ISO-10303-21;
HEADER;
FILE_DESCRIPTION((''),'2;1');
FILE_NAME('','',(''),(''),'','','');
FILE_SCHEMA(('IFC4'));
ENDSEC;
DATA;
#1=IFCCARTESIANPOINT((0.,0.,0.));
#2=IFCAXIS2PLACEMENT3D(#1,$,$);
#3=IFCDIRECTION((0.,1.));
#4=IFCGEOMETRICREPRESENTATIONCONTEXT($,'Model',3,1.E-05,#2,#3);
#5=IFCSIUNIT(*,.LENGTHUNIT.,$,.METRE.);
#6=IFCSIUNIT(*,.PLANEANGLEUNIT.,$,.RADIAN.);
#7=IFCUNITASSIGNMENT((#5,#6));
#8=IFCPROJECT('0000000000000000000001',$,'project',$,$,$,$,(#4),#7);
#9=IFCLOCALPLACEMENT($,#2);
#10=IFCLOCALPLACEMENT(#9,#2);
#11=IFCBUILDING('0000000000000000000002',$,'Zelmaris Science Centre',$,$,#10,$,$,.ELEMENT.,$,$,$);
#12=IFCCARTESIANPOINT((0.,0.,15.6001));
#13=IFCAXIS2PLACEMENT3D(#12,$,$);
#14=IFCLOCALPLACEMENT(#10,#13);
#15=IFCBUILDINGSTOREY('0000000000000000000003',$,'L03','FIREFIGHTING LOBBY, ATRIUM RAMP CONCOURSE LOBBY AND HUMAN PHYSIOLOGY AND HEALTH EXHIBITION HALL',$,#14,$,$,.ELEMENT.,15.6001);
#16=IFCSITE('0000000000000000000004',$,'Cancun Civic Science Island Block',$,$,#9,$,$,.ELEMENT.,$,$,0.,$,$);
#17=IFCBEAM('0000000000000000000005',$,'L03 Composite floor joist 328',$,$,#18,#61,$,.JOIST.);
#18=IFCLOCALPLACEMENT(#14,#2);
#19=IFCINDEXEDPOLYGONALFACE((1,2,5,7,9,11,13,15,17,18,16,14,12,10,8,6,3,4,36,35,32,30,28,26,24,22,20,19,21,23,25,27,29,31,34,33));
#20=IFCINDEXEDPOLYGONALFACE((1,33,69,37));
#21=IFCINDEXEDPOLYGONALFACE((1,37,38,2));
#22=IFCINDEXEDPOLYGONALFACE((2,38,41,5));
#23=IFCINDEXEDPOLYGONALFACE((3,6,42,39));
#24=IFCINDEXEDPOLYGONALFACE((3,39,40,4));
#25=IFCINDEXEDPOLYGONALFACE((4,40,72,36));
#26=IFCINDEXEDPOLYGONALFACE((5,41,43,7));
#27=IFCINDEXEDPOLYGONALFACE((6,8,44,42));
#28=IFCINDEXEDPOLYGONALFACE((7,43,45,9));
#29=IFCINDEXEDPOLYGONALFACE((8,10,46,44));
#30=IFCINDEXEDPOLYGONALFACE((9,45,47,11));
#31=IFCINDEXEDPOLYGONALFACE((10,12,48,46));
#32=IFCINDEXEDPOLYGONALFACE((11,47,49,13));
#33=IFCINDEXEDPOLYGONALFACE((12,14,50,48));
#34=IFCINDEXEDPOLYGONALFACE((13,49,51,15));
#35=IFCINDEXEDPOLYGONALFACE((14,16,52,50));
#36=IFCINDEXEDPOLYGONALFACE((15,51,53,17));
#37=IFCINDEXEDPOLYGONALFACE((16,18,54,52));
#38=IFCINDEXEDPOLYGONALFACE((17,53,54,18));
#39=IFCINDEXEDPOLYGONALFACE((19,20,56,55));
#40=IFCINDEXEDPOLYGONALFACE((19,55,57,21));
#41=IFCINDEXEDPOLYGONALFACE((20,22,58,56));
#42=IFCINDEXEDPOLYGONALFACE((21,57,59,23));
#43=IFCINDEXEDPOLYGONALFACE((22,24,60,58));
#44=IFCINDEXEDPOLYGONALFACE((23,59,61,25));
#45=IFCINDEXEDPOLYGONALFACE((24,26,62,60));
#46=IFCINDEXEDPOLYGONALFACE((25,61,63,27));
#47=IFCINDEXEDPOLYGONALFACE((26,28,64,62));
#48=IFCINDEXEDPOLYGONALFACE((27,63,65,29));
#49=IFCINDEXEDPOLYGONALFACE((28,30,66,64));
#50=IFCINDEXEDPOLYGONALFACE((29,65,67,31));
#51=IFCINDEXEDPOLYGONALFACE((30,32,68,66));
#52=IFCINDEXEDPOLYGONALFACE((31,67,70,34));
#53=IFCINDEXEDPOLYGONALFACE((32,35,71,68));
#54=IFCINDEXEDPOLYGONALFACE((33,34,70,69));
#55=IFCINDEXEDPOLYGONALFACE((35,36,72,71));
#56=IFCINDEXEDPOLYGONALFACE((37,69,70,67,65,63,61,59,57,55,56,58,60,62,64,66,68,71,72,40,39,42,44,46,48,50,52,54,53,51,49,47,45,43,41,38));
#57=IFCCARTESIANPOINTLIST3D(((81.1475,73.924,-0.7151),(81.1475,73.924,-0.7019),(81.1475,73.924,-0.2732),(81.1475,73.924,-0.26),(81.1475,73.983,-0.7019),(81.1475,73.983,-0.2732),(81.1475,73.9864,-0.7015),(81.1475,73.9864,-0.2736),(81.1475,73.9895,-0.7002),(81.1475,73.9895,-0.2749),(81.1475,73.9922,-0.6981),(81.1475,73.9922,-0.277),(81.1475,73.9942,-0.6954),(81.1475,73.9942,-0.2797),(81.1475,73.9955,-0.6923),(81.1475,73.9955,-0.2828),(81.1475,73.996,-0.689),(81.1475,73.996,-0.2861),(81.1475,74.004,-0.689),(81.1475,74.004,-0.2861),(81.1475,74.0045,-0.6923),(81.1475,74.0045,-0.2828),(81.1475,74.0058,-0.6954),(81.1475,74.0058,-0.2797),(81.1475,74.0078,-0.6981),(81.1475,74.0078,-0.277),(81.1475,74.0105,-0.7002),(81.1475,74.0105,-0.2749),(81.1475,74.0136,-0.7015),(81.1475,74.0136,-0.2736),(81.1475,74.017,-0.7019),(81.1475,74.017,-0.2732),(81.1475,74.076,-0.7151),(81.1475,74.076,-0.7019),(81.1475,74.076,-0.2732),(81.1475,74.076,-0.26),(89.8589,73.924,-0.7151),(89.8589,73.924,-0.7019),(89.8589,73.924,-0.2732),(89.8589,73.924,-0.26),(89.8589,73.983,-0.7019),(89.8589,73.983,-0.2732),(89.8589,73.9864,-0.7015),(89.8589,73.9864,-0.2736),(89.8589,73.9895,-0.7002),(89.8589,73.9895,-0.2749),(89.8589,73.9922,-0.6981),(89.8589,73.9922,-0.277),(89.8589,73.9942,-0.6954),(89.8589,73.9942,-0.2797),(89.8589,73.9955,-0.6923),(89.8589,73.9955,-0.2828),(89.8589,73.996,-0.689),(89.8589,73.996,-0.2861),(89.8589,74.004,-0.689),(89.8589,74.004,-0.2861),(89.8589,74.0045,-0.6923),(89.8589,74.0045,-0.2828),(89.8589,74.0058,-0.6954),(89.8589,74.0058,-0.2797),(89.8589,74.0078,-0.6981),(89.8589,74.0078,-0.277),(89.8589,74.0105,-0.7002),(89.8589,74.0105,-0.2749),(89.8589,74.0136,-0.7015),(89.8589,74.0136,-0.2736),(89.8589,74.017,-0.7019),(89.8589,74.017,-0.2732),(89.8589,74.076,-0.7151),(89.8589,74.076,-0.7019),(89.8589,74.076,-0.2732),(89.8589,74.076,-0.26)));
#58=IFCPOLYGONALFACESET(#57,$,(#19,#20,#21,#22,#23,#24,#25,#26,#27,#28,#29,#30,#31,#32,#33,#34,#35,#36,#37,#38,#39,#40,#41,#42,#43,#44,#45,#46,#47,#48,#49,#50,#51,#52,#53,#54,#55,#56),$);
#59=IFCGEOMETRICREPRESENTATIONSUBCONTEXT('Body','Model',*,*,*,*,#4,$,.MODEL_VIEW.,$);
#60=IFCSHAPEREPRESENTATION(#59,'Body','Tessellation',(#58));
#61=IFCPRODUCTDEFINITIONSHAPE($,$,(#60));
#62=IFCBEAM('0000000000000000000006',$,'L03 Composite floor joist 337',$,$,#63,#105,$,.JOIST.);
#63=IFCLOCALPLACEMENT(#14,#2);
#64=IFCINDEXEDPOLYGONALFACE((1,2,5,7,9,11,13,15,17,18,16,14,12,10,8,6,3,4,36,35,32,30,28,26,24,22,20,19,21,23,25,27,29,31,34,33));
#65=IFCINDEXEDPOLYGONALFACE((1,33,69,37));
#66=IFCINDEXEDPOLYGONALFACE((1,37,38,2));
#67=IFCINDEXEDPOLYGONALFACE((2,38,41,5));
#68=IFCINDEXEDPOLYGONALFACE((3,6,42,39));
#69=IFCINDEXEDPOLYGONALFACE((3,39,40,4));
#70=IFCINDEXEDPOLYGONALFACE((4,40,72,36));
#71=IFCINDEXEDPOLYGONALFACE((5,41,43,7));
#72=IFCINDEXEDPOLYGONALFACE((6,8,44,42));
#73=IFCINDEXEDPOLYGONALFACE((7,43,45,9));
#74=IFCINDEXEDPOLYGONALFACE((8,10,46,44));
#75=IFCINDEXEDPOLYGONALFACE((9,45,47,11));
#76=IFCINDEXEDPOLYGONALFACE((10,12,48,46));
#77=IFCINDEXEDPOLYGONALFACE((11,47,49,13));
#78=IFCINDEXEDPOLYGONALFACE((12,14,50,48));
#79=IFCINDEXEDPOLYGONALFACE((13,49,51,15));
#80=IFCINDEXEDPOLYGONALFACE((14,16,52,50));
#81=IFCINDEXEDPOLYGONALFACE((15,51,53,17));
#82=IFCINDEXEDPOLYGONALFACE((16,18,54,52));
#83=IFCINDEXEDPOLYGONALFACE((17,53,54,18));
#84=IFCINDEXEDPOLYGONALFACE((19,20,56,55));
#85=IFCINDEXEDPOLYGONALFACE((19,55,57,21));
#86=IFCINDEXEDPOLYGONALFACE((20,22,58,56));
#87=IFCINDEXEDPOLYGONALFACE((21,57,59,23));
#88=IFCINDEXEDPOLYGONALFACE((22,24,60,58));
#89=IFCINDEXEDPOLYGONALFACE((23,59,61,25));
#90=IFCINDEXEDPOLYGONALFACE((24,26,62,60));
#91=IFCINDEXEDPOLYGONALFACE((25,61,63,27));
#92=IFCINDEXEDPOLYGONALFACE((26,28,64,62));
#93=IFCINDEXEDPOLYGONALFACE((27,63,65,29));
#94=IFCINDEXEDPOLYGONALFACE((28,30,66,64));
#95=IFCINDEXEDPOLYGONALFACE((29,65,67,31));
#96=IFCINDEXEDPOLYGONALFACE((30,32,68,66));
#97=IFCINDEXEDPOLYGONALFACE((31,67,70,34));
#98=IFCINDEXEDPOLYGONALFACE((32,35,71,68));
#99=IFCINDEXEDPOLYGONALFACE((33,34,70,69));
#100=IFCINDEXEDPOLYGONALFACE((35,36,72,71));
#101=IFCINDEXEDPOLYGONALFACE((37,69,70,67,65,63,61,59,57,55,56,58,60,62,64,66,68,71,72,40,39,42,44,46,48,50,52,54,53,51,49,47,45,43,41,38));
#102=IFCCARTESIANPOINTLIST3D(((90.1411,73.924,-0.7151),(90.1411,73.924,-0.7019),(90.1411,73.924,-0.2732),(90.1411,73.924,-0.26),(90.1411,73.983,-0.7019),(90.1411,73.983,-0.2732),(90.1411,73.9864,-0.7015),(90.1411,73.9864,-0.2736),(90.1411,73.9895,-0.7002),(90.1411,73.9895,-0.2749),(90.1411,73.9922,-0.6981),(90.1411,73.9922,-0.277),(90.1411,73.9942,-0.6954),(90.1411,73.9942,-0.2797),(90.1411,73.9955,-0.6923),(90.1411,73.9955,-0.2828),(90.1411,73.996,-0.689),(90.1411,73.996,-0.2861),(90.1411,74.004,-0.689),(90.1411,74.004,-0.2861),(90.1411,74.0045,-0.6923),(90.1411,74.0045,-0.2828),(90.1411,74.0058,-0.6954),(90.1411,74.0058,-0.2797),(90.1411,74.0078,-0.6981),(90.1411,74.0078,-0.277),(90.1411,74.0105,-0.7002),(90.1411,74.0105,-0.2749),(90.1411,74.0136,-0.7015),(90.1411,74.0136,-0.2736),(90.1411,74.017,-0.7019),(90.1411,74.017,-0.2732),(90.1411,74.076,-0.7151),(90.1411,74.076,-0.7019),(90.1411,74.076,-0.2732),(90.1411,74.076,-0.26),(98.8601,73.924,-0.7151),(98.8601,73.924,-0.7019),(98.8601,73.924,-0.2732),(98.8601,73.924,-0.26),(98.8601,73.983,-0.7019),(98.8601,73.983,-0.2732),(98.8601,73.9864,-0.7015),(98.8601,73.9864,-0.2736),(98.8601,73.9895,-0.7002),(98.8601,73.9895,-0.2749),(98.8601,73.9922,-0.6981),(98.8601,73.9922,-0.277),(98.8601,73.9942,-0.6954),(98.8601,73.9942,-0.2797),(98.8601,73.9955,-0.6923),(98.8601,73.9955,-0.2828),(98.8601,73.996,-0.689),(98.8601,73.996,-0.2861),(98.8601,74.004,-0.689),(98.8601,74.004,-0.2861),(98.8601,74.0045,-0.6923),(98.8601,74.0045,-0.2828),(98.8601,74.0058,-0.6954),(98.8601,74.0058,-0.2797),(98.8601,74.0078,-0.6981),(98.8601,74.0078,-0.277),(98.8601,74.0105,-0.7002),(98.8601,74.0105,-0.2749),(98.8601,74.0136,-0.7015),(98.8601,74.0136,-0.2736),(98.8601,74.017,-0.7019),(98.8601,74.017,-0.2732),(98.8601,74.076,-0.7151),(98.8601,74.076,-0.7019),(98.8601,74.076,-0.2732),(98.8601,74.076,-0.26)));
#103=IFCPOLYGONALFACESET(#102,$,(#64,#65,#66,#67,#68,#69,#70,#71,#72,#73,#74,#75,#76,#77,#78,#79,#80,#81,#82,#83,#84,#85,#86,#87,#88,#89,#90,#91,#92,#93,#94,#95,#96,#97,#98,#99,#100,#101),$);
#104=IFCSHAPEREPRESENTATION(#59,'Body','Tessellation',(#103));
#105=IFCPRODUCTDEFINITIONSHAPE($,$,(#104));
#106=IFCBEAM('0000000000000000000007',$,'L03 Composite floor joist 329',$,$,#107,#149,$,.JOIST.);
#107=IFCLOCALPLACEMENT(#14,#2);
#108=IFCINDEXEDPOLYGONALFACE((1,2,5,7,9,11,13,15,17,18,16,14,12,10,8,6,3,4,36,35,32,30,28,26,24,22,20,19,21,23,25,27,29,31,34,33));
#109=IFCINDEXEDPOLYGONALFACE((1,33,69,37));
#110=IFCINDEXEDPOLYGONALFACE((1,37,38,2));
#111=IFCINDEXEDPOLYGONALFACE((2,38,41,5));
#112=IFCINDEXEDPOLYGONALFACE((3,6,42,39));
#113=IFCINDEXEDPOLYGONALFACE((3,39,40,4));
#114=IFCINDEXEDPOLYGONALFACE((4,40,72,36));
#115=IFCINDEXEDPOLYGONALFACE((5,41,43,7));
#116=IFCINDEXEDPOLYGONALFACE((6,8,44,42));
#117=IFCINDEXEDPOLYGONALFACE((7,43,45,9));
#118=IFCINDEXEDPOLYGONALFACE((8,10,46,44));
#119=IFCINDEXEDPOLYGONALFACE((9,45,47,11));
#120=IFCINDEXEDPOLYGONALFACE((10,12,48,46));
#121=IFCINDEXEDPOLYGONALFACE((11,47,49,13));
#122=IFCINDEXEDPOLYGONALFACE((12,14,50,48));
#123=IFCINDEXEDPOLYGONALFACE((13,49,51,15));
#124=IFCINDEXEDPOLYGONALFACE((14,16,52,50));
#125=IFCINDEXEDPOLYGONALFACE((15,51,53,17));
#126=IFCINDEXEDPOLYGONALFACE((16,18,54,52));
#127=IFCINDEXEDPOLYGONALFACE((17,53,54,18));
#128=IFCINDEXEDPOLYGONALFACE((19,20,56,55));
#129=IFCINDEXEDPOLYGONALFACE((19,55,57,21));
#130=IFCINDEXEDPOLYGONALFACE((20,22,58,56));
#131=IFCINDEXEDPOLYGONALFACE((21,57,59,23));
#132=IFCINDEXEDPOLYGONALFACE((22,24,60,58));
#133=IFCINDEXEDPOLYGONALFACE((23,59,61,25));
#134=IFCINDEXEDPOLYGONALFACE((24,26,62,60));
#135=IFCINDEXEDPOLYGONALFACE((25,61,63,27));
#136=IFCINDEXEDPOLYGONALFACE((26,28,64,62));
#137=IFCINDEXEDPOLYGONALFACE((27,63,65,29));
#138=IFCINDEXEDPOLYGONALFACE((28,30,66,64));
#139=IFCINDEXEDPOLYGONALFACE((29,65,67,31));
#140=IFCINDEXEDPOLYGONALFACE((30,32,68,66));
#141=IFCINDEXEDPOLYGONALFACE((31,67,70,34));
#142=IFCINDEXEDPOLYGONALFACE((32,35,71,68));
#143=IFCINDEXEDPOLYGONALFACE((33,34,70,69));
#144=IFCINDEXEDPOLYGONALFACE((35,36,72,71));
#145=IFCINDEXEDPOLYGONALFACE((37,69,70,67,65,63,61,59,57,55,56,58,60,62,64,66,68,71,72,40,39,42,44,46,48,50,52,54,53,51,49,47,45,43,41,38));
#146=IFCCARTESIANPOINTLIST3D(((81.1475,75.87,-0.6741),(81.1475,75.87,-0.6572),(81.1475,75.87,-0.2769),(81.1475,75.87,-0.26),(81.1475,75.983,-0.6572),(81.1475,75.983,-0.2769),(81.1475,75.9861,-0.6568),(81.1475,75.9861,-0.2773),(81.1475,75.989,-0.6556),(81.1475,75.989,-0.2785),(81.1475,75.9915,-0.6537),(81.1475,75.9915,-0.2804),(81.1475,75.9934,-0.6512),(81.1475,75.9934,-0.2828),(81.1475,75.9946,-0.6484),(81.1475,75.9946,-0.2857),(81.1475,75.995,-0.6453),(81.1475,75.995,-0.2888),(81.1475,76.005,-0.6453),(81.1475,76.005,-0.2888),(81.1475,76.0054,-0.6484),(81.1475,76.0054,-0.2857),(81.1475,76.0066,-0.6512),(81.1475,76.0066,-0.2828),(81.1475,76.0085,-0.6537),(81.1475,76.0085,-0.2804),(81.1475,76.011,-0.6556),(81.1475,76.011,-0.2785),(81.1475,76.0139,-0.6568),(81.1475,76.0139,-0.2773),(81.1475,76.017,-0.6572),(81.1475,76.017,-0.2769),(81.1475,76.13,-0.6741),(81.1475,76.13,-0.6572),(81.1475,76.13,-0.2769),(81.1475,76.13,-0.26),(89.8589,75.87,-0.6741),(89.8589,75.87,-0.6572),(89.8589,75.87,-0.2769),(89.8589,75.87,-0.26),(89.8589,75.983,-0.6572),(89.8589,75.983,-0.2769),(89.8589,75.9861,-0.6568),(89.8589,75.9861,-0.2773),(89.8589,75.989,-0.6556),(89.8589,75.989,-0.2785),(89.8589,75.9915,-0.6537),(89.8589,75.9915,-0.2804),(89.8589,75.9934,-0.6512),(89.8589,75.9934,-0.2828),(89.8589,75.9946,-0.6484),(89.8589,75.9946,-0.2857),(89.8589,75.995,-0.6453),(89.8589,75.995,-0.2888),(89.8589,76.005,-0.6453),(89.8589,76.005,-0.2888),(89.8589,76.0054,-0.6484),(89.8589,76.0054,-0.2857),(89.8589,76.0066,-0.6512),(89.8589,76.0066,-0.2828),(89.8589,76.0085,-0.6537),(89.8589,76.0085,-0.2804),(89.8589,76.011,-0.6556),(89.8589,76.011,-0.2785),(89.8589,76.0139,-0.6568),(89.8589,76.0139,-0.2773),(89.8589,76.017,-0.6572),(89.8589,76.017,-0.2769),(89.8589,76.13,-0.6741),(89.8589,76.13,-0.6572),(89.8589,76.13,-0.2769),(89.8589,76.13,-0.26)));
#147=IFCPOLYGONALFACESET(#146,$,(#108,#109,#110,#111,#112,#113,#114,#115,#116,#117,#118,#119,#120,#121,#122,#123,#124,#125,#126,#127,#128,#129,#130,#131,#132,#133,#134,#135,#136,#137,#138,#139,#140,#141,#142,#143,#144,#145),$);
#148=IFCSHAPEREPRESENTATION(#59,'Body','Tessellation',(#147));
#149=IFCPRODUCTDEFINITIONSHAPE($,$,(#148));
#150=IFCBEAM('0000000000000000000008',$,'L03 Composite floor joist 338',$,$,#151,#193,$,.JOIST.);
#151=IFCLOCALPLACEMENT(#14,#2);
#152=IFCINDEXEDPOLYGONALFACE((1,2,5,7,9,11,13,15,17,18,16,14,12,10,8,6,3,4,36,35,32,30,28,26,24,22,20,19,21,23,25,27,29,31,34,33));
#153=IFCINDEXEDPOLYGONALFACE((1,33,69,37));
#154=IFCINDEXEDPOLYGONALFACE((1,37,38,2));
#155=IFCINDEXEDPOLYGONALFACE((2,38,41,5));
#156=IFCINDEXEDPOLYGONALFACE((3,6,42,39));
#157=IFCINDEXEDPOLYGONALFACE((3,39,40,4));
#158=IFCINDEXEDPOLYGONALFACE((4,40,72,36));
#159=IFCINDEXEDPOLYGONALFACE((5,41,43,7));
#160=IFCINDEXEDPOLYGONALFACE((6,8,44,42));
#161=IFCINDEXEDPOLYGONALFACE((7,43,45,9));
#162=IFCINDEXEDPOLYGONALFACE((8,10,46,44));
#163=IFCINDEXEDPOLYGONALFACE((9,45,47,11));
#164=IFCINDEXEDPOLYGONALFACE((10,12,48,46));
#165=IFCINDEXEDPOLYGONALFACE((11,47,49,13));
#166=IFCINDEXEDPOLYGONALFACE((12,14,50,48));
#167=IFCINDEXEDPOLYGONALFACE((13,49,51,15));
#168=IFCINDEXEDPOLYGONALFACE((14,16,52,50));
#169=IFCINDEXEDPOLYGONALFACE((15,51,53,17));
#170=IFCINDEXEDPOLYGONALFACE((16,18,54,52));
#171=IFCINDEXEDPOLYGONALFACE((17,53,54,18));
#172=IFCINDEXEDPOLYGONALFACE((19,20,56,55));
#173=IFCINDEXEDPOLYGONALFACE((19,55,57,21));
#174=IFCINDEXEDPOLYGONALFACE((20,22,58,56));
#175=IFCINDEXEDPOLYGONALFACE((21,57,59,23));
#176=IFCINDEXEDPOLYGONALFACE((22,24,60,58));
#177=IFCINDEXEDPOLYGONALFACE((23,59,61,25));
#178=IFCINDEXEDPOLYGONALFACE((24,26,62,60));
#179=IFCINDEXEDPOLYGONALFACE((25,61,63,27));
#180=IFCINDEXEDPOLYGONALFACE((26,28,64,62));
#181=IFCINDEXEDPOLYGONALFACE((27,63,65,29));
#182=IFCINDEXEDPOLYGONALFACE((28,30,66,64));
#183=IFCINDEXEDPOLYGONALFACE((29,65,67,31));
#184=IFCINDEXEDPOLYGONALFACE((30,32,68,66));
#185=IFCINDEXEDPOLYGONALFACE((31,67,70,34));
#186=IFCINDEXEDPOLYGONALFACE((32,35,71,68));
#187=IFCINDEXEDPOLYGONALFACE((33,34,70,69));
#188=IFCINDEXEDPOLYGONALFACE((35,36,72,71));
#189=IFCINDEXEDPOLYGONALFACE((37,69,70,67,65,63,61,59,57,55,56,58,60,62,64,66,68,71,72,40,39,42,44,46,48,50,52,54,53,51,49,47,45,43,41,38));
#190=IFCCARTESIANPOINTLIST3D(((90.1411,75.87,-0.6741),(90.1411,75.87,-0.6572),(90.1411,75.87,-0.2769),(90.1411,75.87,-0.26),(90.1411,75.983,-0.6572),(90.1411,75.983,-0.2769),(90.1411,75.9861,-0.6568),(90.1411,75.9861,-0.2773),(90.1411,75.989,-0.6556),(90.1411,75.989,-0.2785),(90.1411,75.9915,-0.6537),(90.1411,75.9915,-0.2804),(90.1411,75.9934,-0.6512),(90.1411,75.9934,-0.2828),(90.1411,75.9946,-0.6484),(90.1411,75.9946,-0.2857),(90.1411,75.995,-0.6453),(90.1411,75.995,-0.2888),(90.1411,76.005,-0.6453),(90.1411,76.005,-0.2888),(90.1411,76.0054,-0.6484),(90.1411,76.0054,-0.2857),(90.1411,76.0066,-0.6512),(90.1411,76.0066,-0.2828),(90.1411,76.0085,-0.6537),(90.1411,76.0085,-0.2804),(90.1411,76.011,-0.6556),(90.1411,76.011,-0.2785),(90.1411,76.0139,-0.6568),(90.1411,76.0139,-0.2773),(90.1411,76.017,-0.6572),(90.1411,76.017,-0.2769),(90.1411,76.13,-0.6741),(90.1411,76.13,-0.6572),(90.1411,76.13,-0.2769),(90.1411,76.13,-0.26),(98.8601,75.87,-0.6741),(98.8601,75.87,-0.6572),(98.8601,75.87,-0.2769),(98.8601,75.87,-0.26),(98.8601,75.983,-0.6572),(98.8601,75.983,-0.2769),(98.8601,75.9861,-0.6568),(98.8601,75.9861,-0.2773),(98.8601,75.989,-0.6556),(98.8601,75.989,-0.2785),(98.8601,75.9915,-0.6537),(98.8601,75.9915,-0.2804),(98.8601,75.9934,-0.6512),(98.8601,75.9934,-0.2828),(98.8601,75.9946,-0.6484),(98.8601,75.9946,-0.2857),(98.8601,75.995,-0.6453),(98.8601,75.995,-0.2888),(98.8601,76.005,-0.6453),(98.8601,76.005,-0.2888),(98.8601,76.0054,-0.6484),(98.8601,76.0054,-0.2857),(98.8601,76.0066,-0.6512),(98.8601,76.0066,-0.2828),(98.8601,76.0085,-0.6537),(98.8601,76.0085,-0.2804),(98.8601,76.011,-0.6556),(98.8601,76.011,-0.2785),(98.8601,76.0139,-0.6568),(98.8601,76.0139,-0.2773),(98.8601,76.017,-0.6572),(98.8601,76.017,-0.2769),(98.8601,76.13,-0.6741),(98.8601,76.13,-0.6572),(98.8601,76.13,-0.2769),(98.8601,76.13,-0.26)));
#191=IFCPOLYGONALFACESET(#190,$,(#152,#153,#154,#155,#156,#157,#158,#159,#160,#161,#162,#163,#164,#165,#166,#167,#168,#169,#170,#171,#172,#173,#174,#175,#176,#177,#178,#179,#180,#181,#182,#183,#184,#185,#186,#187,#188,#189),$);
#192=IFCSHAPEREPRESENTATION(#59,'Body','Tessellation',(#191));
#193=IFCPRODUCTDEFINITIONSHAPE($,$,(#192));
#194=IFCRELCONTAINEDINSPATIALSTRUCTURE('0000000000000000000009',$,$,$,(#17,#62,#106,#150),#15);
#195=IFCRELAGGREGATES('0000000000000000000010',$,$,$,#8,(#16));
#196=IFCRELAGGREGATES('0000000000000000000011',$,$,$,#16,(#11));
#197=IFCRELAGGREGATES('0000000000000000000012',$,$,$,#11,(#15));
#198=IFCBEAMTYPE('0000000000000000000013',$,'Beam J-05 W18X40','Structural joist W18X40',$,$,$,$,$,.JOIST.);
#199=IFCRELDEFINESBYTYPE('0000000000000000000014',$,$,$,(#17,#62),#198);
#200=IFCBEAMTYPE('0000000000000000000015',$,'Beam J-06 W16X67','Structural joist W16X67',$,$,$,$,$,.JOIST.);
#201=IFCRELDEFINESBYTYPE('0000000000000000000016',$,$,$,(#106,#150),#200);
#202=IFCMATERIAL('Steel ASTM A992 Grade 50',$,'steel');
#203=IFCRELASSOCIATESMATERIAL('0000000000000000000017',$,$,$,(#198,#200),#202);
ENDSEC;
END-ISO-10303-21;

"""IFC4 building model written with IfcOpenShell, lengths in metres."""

from ifc_helpers import new_model, si_unit, direction, frame, origin, origin_2d, place, context, subcontext, project, spatial, i_section, extrude, material, material_profile, profile_set, type_object, element, save


model = new_model("IFC4")

# Units and contexts
model_context = context("Model", 3, precision=1e-05, world=origin(), true_north=direction((0.0, 1.0)))
body_context = subcontext(model_context, "Body", "Model", "MODEL_VIEW")
ifc_project = project(units=[si_unit("LENGTHUNIT", "METRE"), si_unit("PLANEANGLEUNIT", "RADIAN")], contexts=[model_context])

# Site, building, storey
site_placement = place(None, origin())
site = spatial("IfcSite", under=ifc_project, at=site_placement, Name="Cancun Civic Science Island Block", CompositionType="ELEMENT", RefElevation=0.0)
building_placement = place(site_placement, origin())
building = spatial("IfcBuilding", under=site, at=building_placement, Name="Zelmaris Science Centre", CompositionType="ELEMENT")
storey_placement = place(building_placement, frame((0.0, 0.0, 15.6001)))
storey = spatial("IfcBuildingStorey", under=building, at=storey_placement, Name="L03", Description="FIREFIGHTING LOBBY, ATRIUM RAMP CONCOURSE LOBBY AND HUMAN PHYSIOLOGY AND HEALTH EXHIBITION HALL", CompositionType="ELEMENT", Elevation=15.6001)

# Shared definitions
ifc_material_1 = material(Name="Steel ASTM A992 Grade 50", Category="steel")

# Beams
ifc_material_profile_1 = material_profile(ifc_material_1, i_section(OverallWidth=0.1521, OverallDepth=0.4551, WebThickness=0.0081, FlangeThickness=0.0132, FilletRadius=0.0129, at=origin_2d()), Name="W18X40")
ifc_profile_set_1 = profile_set([ifc_material_profile_1], Name="Steel ASTM A992 Grade 50")
beam_type_1 = type_object("IfcBeamType", Name="Beam J-05 W18X40", Description="Structural joist W18X40", PredefinedType="JOIST", material=ifc_profile_set_1)
beam_1_placement = place(storey_placement, frame((81.1475, 74.0, -0.4875), z_axis=(1.0, 0.0, 0.0), x_axis=(0.0, 1.0, 0.0)))
element("IfcBeam", 1, at=beam_1_placement, inside=storey, type_object=beam_type_1, Name="L03 Composite floor joist 328", PredefinedType="JOIST", context=body_context, shape_type="SweptSolid", body=[
    extrude(i_section(OverallWidth=0.1521, OverallDepth=0.4551, WebThickness=0.0081, FlangeThickness=0.0132, FilletRadius=0.0129, at=origin_2d()), origin(), (0.0, 0.0, 1.0), 8.7114),
])
beam_2_placement = place(storey_placement, frame((90.1411, 74.0, -0.4875), z_axis=(1.0, 0.0, 0.0), x_axis=(0.0, 1.0, 0.0)))
element("IfcBeam", 2, at=beam_2_placement, inside=storey, type_object=beam_type_1, Name="L03 Composite floor joist 337", PredefinedType="JOIST", context=body_context, shape_type="SweptSolid", body=[
    extrude(i_section(OverallWidth=0.1521, OverallDepth=0.4551, WebThickness=0.0081, FlangeThickness=0.0132, FilletRadius=0.0129, at=origin_2d()), origin(), (0.0, 0.0, 1.0), 8.719),
])
ifc_material_profile_2 = material_profile(ifc_material_1, i_section(OverallWidth=0.26, OverallDepth=0.4141, WebThickness=0.01, FlangeThickness=0.0168, FilletRadius=0.012, at=origin_2d()), Name="W16X67")
ifc_profile_set_2 = profile_set([ifc_material_profile_2], Name="Steel ASTM A992 Grade 50")
beam_type_2 = type_object("IfcBeamType", Name="Beam J-06 W16X67", Description="Structural joist W16X67", PredefinedType="JOIST", material=ifc_profile_set_2)
beam_3_placement = place(storey_placement, frame((81.1475, 76.0, -0.467), z_axis=(1.0, 0.0, 0.0), x_axis=(0.0, 1.0, 0.0)))
element("IfcBeam", 3, at=beam_3_placement, inside=storey, type_object=beam_type_2, Name="L03 Composite floor joist 329", PredefinedType="JOIST", context=body_context, shape_type="SweptSolid", body=[
    extrude(i_section(OverallWidth=0.26, OverallDepth=0.4141, WebThickness=0.01, FlangeThickness=0.0168, FilletRadius=0.012, at=origin_2d()), origin(), (0.0, 0.0, 1.0), 8.7114),
])
beam_4_placement = place(storey_placement, frame((90.1411, 76.0, -0.467), z_axis=(1.0, 0.0, 0.0), x_axis=(0.0, 1.0, 0.0)))
element("IfcBeam", 4, at=beam_4_placement, inside=storey, type_object=beam_type_2, Name="L03 Composite floor joist 338", PredefinedType="JOIST", context=body_context, shape_type="SweptSolid", body=[
    extrude(i_section(OverallWidth=0.26, OverallDepth=0.4141, WebThickness=0.01, FlangeThickness=0.0168, FilletRadius=0.012, at=origin_2d()), origin(), (0.0, 0.0, 1.0), 8.719),
])

save(model, "model.ifc")
